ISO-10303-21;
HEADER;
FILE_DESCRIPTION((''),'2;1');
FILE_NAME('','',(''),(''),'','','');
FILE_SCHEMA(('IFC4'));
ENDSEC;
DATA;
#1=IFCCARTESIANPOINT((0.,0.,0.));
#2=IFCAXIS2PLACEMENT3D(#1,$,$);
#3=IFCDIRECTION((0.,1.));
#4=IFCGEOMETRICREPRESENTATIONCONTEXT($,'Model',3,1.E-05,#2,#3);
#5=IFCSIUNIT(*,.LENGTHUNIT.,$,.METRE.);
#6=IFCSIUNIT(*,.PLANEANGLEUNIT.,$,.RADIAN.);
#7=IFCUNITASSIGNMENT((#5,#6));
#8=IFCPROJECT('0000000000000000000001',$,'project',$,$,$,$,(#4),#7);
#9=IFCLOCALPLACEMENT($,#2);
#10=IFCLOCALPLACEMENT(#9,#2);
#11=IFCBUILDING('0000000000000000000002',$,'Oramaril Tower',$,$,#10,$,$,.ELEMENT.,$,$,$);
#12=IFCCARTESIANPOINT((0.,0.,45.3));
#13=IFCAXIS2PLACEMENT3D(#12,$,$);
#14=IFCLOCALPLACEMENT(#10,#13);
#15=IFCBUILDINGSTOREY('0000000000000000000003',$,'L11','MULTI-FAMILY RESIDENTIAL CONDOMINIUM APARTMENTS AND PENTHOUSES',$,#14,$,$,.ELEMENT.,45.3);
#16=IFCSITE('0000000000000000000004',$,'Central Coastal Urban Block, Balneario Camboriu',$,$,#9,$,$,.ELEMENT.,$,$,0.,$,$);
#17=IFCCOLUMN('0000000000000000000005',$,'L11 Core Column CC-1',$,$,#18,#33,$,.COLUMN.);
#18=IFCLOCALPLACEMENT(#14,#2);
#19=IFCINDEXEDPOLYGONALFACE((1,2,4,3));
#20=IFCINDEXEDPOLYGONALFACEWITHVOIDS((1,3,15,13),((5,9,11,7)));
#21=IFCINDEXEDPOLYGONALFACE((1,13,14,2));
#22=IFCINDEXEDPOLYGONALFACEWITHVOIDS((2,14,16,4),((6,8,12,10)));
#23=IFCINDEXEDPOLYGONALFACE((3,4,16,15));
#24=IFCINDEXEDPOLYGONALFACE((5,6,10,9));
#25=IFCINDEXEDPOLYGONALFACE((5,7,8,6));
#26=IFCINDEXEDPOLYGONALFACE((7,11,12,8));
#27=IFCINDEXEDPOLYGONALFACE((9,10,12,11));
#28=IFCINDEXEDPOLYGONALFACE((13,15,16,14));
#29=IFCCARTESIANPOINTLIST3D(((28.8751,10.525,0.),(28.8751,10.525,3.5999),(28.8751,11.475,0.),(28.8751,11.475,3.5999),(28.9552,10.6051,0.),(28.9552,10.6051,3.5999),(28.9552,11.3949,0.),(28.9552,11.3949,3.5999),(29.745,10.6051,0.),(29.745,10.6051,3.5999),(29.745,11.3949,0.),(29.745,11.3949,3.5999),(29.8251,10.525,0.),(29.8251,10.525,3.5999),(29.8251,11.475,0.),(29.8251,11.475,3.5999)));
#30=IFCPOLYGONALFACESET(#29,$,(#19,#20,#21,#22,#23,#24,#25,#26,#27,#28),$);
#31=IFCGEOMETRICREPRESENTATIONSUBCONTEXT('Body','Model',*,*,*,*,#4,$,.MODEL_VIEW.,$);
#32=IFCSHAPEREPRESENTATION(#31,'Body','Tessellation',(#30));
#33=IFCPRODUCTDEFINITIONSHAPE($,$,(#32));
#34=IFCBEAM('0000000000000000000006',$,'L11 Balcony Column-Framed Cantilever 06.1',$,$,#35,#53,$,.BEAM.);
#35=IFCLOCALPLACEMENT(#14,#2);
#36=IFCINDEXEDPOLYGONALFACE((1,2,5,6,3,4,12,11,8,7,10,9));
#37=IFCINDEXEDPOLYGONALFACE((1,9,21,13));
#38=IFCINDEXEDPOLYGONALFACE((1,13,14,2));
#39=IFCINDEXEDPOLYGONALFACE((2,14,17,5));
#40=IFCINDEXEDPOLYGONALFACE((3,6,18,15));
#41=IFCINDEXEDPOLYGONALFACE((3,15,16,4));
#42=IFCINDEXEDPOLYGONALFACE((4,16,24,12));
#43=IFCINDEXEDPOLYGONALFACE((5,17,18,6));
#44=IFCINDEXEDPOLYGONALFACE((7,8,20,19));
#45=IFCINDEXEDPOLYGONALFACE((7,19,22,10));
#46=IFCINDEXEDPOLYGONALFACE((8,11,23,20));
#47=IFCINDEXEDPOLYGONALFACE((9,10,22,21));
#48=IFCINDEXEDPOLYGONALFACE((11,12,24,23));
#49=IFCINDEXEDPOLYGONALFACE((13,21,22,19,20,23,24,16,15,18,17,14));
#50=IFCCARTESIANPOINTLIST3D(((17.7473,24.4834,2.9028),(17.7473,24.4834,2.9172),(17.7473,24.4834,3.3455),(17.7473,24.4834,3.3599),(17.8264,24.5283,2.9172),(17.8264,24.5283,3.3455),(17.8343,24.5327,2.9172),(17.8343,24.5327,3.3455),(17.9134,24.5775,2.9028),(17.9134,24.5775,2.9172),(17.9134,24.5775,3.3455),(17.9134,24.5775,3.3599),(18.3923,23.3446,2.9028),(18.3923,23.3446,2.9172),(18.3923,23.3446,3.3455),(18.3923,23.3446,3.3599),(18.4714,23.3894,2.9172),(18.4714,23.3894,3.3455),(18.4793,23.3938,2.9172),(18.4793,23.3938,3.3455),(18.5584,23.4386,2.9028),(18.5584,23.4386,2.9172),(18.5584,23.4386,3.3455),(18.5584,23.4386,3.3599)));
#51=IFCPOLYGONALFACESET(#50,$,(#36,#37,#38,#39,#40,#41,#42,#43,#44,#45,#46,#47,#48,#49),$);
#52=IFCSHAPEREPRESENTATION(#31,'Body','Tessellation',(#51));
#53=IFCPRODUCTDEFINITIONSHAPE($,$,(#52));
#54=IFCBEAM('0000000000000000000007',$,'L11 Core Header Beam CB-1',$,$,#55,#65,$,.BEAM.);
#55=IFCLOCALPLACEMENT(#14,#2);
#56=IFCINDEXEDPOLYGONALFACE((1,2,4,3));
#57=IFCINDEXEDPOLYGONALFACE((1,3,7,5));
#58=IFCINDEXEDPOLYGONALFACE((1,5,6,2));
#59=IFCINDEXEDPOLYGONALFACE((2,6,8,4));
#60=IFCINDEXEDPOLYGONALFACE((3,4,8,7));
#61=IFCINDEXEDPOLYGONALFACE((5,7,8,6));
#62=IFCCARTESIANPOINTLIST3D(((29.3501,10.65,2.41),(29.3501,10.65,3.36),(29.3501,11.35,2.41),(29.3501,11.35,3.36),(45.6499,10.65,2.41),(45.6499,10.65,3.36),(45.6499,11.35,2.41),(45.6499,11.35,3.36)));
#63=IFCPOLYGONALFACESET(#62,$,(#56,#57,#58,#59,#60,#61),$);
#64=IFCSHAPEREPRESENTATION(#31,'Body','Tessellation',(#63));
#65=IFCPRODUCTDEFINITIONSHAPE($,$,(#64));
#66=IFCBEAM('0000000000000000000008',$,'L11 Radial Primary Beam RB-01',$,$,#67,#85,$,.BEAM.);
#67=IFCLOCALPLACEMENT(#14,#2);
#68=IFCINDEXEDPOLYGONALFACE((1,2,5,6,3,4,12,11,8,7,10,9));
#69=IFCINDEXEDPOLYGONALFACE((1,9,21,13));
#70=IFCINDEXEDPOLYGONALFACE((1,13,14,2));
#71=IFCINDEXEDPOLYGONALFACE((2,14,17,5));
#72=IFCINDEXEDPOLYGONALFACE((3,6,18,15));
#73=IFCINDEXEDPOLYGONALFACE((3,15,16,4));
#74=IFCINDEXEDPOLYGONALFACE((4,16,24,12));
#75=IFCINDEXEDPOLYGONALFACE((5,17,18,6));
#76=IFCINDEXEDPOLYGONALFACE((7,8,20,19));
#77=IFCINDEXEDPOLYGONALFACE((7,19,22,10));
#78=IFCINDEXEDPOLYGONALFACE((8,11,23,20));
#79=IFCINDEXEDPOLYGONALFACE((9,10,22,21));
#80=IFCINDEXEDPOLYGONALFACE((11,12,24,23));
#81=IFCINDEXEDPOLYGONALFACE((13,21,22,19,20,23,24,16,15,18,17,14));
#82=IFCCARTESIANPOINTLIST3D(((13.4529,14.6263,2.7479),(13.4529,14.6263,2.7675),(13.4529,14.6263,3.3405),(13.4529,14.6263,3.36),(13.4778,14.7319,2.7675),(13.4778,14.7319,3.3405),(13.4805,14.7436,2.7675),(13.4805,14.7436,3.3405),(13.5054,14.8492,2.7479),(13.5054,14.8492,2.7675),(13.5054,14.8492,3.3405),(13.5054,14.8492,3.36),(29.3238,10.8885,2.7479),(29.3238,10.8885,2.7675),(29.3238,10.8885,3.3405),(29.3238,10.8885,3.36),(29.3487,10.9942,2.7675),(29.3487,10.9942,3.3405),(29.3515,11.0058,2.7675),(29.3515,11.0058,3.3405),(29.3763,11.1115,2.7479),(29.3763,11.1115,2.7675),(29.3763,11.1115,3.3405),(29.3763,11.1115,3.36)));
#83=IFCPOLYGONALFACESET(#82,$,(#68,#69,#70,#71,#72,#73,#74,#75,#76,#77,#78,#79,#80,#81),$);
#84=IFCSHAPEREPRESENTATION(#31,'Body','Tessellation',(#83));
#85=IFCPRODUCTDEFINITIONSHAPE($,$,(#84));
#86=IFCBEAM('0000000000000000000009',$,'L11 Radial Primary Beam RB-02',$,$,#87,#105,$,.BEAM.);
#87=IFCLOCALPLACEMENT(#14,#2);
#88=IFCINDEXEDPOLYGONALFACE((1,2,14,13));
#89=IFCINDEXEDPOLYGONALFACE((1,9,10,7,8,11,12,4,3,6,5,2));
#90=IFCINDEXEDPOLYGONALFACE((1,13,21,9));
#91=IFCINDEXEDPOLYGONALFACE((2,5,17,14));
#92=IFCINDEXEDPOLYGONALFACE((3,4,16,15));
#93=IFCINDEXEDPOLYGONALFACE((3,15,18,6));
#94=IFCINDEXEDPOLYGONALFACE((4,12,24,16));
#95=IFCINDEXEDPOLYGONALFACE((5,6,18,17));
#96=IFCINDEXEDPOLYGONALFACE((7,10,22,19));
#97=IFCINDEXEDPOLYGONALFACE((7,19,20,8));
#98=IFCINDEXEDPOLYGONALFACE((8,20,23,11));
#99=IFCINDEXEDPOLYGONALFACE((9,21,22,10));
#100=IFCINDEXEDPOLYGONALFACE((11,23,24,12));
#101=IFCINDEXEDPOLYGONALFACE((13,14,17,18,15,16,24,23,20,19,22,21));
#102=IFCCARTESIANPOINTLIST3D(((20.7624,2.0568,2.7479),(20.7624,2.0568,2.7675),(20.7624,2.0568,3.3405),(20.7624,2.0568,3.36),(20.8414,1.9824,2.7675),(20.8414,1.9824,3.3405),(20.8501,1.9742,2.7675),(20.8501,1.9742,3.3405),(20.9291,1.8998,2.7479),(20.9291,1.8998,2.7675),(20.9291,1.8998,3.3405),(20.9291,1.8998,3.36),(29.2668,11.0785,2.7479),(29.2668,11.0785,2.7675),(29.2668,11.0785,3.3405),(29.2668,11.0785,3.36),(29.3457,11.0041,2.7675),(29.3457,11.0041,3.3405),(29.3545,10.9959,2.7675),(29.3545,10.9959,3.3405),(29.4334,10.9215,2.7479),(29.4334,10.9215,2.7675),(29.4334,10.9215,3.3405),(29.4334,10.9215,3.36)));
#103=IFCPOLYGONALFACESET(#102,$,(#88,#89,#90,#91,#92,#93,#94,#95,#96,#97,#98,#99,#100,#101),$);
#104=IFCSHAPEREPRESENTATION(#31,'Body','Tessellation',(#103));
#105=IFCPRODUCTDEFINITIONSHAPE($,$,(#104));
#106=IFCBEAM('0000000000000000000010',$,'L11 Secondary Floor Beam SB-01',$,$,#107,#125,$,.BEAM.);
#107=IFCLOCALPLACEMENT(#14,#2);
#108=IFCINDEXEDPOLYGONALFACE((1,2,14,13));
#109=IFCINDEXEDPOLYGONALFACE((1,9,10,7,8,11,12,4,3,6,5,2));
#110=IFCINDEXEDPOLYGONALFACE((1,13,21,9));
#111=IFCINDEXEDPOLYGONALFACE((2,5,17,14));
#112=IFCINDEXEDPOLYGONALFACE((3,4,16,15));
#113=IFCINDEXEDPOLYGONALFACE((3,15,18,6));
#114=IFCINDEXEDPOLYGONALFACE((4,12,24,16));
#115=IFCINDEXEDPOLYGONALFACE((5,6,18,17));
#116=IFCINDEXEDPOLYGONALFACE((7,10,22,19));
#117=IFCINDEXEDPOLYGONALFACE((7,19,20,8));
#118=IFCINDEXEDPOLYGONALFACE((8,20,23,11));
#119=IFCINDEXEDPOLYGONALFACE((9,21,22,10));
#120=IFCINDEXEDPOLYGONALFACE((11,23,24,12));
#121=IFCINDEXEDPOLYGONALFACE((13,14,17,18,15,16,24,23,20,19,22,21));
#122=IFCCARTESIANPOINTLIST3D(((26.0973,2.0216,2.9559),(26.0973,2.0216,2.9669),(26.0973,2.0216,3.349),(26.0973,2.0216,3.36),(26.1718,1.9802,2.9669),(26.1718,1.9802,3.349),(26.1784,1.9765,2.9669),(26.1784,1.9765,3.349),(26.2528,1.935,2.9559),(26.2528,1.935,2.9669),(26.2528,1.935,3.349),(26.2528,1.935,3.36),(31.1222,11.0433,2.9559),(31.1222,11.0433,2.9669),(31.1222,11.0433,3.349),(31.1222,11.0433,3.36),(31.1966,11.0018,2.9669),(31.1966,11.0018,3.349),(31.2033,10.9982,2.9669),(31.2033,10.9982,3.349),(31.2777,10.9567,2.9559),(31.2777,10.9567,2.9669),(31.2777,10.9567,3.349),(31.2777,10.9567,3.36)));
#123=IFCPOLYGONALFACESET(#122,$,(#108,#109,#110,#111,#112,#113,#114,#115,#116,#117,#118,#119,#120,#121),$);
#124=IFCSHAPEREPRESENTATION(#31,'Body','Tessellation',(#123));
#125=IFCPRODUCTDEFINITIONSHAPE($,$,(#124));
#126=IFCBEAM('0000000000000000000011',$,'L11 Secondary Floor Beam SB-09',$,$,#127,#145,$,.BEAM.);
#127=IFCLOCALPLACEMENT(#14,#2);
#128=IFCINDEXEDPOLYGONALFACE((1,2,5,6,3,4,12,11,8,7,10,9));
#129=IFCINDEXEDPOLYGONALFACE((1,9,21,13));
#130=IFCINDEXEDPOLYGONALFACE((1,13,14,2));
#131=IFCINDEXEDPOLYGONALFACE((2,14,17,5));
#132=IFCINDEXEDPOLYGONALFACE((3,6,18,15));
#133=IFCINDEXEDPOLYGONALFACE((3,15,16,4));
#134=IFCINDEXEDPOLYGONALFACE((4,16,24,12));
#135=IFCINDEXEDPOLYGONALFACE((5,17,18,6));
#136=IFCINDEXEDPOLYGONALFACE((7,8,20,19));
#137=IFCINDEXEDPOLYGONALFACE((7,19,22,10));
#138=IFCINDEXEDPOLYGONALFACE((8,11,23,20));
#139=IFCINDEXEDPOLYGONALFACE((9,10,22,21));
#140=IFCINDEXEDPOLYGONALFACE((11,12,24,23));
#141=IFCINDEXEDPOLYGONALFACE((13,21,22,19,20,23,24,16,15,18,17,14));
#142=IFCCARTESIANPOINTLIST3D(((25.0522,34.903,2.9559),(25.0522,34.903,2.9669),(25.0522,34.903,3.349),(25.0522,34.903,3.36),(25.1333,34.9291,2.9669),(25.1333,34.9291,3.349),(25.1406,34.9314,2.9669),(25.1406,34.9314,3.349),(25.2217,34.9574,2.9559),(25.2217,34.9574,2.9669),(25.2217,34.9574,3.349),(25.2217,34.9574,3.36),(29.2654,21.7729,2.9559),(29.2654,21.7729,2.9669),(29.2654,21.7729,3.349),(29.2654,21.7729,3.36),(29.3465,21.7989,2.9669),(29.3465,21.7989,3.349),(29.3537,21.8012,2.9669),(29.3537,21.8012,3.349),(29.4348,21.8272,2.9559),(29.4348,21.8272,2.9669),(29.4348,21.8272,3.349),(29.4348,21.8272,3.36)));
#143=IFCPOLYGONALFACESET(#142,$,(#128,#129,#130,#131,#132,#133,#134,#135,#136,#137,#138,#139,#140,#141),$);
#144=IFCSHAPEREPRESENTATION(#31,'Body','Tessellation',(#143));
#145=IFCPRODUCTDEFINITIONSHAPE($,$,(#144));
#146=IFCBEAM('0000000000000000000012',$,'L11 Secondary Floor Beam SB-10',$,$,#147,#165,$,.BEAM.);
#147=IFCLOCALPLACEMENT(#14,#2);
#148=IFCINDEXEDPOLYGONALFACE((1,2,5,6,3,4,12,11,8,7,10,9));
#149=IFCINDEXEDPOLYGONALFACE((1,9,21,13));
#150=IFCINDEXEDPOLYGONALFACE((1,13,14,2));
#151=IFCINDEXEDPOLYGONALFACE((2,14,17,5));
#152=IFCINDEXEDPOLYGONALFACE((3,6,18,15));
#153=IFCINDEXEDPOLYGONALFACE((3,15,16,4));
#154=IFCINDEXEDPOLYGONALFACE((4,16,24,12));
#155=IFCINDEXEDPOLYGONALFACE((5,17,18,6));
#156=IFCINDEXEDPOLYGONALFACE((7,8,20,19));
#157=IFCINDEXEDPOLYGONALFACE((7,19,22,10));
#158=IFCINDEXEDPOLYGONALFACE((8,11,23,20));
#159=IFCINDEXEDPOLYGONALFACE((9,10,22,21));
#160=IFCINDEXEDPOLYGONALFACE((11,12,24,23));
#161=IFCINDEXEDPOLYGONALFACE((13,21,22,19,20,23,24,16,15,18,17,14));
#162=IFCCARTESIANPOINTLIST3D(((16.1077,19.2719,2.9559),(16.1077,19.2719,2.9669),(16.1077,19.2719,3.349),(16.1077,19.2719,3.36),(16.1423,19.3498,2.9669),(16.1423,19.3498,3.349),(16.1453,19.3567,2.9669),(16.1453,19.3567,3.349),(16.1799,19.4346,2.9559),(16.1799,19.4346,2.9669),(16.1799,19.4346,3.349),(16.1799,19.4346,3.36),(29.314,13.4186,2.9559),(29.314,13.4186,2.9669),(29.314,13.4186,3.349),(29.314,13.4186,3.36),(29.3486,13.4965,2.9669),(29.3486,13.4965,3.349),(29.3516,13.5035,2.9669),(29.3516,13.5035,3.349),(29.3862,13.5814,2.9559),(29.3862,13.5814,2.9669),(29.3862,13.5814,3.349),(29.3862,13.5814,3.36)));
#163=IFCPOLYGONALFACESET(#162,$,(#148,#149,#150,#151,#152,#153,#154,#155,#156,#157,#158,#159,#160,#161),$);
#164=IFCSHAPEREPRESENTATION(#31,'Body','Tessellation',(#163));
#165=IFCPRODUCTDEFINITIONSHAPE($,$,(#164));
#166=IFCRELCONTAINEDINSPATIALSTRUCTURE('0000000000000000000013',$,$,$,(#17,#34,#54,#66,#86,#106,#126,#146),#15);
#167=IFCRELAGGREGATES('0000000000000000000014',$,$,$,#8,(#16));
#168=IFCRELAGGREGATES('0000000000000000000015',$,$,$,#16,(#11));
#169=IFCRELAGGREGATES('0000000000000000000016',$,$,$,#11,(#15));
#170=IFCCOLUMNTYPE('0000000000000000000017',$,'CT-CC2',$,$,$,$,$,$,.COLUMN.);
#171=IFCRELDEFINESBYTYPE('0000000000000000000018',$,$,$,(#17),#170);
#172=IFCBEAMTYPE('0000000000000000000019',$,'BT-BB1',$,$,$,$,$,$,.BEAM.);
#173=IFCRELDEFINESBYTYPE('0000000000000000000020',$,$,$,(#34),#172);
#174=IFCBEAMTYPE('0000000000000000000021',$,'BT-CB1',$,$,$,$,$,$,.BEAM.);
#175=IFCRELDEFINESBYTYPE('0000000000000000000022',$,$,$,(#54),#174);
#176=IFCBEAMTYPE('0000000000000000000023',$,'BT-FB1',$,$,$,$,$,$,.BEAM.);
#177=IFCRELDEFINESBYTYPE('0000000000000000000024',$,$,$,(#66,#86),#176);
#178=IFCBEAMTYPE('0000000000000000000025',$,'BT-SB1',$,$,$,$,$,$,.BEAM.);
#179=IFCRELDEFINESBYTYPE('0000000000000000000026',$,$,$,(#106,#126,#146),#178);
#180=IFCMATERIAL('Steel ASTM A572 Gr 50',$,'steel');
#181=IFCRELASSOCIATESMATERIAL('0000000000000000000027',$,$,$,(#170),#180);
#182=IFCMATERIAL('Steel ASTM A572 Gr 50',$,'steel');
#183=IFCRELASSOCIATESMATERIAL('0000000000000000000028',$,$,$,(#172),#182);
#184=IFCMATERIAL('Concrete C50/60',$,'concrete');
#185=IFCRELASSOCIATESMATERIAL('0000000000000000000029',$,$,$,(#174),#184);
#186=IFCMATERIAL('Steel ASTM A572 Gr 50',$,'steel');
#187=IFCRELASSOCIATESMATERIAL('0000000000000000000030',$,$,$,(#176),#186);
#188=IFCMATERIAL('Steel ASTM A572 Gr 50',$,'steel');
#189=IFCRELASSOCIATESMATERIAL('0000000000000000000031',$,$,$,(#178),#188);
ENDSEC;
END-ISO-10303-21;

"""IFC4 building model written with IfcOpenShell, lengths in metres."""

from ifc_helpers import new_model, si_unit, direction, frame, origin, origin_2d, place, context, subcontext, project, spatial, rectangle, hollow_rectangle, i_section, extrude, material, material_profile, profile_set, type_object, element, save


model = new_model("IFC4")

# Units and contexts
model_context = context("Model", 3, precision=1e-05, world=origin(), true_north=direction((0.0, 1.0)))
body_context = subcontext(model_context, "Body", "Model", "MODEL_VIEW")
ifc_project = project(units=[si_unit("LENGTHUNIT", "METRE"), si_unit("PLANEANGLEUNIT", "RADIAN")], contexts=[model_context])

# Site, building, storey
site_placement = place(None, origin())
site = spatial("IfcSite", under=ifc_project, at=site_placement, Name="Central Coastal Urban Block, Balneario Camboriu", CompositionType="ELEMENT", RefElevation=0.0)
building_placement = place(site_placement, origin())
building = spatial("IfcBuilding", under=site, at=building_placement, Name="Oramaril Tower", CompositionType="ELEMENT")
storey_placement = place(building_placement, frame((0.0, 0.0, 45.3)))
storey = spatial("IfcBuildingStorey", under=building, at=storey_placement, Name="L11", Description="MULTI-FAMILY RESIDENTIAL CONDOMINIUM APARTMENTS AND PENTHOUSES", CompositionType="ELEMENT", Elevation=45.3)

# Column
ifc_material_1 = material(Name="Steel ASTM A572 Gr 50", Category="steel")
ifc_material_profile_1 = material_profile(ifc_material_1, hollow_rectangle(XDim=0.95, YDim=0.95, WallThickness=0.0801, at=origin_2d()), Name="BOX950X950X80")
ifc_profile_set_1 = profile_set([ifc_material_profile_1], Name="Steel ASTM A572 Gr 50")
column_type = type_object("IfcColumnType", Name="CT-CC2", PredefinedType="COLUMN", material=ifc_profile_set_1)
column_placement = place(storey_placement, frame((29.3501, 11.0, 0.0), z_axis=(0.0, 0.0, 1.0), x_axis=(1.0, 0.0, 0.0)))
element("IfcColumn", 1, at=column_placement, inside=storey, type_object=column_type, Name="L11 Core Column CC-1", PredefinedType="COLUMN", context=body_context, shape_type="SweptSolid", body=[
    extrude(hollow_rectangle(XDim=0.95, YDim=0.95, WallThickness=0.0801, at=origin_2d()), origin(), (0.0, 0.0, 1.0), 3.5999),
])

# Beams
ifc_material_2 = material(Name="Steel ASTM A572 Gr 50", Category="steel")
ifc_material_profile_2 = material_profile(ifc_material_2, i_section(OverallWidth=0.1909, OverallDepth=0.457, WebThickness=0.009, FlangeThickness=0.0144, at=origin_2d()), Name="W18X50")
ifc_profile_set_2 = profile_set([ifc_material_profile_2], Name="Steel ASTM A572 Gr 50")
beam_type_1 = type_object("IfcBeamType", Name="BT-BB1", PredefinedType="BEAM", material=ifc_profile_set_2)
beam_1_placement = place(storey_placement, frame((18.4753, 23.3916, 3.1313), z_axis=(-0.492801, 0.870142, 0.0), x_axis=(-0.870142, -0.492801, 0.0)))
element("IfcBeam", 2, at=beam_1_placement, inside=storey, type_object=beam_type_1, Name="L11 Balcony Column-Framed Cantilever 06.1", PredefinedType="BEAM", context=body_context, shape_type="SweptSolid", body=[
    extrude(i_section(OverallWidth=0.1909, OverallDepth=0.457, WebThickness=0.009, FlangeThickness=0.0144, at=origin_2d()), origin(), (0.0, 0.0, 1.0), 1.3088),
])
ifc_material_3 = material(Name="Concrete C50/60", Category="concrete")
ifc_material_profile_3 = material_profile(ifc_material_3, rectangle(XDim=0.7, YDim=0.95, at=origin_2d()), Name="CB700X950")
ifc_profile_set_3 = profile_set([ifc_material_profile_3], Name="Concrete C50/60")
beam_type_2 = type_object("IfcBeamType", Name="BT-CB1", PredefinedType="BEAM", material=ifc_profile_set_3)
beam_2_placement = place(storey_placement, frame((29.3501, 11.0, 2.885), z_axis=(1.0, 0.0, 0.0), x_axis=(0.0, 1.0, 0.0)))
element("IfcBeam", 3, at=beam_2_placement, inside=storey, type_object=beam_type_2, Name="L11 Core Header Beam CB-1", PredefinedType="BEAM", context=body_context, shape_type="SweptSolid", body=[
    extrude(rectangle(XDim=0.7, YDim=0.95, at=origin_2d()), origin(), (0.0, 0.0, 1.0), 16.2998),
])
ifc_material_4 = material(Name="Steel ASTM A572 Gr 50", Category="steel")
ifc_material_profile_4 = material_profile(ifc_material_4, i_section(OverallWidth=0.229, OverallDepth=0.6121, WebThickness=0.012, FlangeThickness=0.0195, at=origin_2d()), Name="W24X84")
ifc_profile_set_4 = profile_set([ifc_material_profile_4], Name="Steel ASTM A572 Gr 50")
beam_type_3 = type_object("IfcBeamType", Name="BT-FB1", PredefinedType="BEAM", material=ifc_profile_set_4)
beam_3_placement = place(storey_placement, frame((29.3501, 11.0, 3.054), z_axis=(-0.97337, 0.229238, 0.0), x_axis=(-0.229238, -0.97337, 0.0)))
element("IfcBeam", 4, at=beam_3_placement, inside=storey, type_object=beam_type_3, Name="L11 Radial Primary Beam RB-01", PredefinedType="BEAM", context=body_context, shape_type="SweptSolid", body=[
    extrude(i_section(OverallWidth=0.229, OverallDepth=0.6121, WebThickness=0.012, FlangeThickness=0.0195, at=origin_2d()), origin(), (0.0, 0.0, 1.0), 16.3052),
])
beam_4_placement = place(storey_placement, frame((29.3501, 11.0, 3.054), z_axis=(-0.685936, -0.727662, 0.0), x_axis=(0.727662, -0.685936, 0.0)))
element("IfcBeam", 5, at=beam_4_placement, inside=storey, type_object=beam_type_3, Name="L11 Radial Primary Beam RB-02", PredefinedType="BEAM", context=body_context, shape_type="SweptSolid", body=[
    extrude(i_section(OverallWidth=0.229, OverallDepth=0.6121, WebThickness=0.012, FlangeThickness=0.0195, at=origin_2d()), origin(), (0.0, 0.0, 1.0), 12.3982),
])
ifc_material_5 = material(Name="Steel ASTM A572 Gr 50", Category="steel")
ifc_material_profile_5 = material_profile(ifc_material_5, i_section(OverallWidth=0.178, OverallDepth=0.4041, WebThickness=0.0076, FlangeThickness=0.011, at=origin_2d()), Name="W16X36")
ifc_profile_set_5 = profile_set([ifc_material_profile_5], Name="Steel ASTM A572 Gr 50")
beam_type_4 = type_object("IfcBeamType", Name="BT-SB1", PredefinedType="BEAM", material=ifc_profile_set_5)
beam_5_placement = place(storey_placement, frame((31.2, 11.0, 3.158), z_axis=(-0.486592, -0.873629, 0.0), x_axis=(0.873629, -0.486592, 0.0)))
element("IfcBeam", 6, at=beam_5_placement, inside=storey, type_object=beam_type_4, Name="L11 Secondary Floor Beam SB-01", PredefinedType="BEAM", context=body_context, shape_type="SweptSolid", body=[
    extrude(i_section(OverallWidth=0.178, OverallDepth=0.4041, WebThickness=0.0076, FlangeThickness=0.011, at=origin_2d()), origin(), (0.0, 0.0, 1.0), 10.3267),
])
beam_6_placement = place(storey_placement, frame((29.3501, 21.8, 3.158), z_axis=(-0.305532, 0.952182, 0.0), x_axis=(-0.952182, -0.305532, 0.0)))
element("IfcBeam", 7, at=beam_6_placement, inside=storey, type_object=beam_type_4, Name="L11 Secondary Floor Beam SB-09", PredefinedType="BEAM", context=body_context, shape_type="SweptSolid", body=[
    extrude(i_section(OverallWidth=0.178, OverallDepth=0.4041, WebThickness=0.0076, FlangeThickness=0.011, at=origin_2d()), origin(), (0.0, 0.0, 1.0), 13.7896),
])
beam_7_placement = place(storey_placement, frame((29.3501, 13.5, 3.158), z_axis=(-0.914227, 0.405202, 0.0), x_axis=(-0.405202, -0.914227, 0.0)))
element("IfcBeam", 8, at=beam_7_placement, inside=storey, type_object=beam_type_4, Name="L11 Secondary Floor Beam SB-10", PredefinedType="BEAM", context=body_context, shape_type="SweptSolid", body=[
    extrude(i_section(OverallWidth=0.178, OverallDepth=0.4041, WebThickness=0.0076, FlangeThickness=0.011, at=origin_2d()), origin(), (0.0, 0.0, 1.0), 14.4453),
])

save(model, "model.ifc")
